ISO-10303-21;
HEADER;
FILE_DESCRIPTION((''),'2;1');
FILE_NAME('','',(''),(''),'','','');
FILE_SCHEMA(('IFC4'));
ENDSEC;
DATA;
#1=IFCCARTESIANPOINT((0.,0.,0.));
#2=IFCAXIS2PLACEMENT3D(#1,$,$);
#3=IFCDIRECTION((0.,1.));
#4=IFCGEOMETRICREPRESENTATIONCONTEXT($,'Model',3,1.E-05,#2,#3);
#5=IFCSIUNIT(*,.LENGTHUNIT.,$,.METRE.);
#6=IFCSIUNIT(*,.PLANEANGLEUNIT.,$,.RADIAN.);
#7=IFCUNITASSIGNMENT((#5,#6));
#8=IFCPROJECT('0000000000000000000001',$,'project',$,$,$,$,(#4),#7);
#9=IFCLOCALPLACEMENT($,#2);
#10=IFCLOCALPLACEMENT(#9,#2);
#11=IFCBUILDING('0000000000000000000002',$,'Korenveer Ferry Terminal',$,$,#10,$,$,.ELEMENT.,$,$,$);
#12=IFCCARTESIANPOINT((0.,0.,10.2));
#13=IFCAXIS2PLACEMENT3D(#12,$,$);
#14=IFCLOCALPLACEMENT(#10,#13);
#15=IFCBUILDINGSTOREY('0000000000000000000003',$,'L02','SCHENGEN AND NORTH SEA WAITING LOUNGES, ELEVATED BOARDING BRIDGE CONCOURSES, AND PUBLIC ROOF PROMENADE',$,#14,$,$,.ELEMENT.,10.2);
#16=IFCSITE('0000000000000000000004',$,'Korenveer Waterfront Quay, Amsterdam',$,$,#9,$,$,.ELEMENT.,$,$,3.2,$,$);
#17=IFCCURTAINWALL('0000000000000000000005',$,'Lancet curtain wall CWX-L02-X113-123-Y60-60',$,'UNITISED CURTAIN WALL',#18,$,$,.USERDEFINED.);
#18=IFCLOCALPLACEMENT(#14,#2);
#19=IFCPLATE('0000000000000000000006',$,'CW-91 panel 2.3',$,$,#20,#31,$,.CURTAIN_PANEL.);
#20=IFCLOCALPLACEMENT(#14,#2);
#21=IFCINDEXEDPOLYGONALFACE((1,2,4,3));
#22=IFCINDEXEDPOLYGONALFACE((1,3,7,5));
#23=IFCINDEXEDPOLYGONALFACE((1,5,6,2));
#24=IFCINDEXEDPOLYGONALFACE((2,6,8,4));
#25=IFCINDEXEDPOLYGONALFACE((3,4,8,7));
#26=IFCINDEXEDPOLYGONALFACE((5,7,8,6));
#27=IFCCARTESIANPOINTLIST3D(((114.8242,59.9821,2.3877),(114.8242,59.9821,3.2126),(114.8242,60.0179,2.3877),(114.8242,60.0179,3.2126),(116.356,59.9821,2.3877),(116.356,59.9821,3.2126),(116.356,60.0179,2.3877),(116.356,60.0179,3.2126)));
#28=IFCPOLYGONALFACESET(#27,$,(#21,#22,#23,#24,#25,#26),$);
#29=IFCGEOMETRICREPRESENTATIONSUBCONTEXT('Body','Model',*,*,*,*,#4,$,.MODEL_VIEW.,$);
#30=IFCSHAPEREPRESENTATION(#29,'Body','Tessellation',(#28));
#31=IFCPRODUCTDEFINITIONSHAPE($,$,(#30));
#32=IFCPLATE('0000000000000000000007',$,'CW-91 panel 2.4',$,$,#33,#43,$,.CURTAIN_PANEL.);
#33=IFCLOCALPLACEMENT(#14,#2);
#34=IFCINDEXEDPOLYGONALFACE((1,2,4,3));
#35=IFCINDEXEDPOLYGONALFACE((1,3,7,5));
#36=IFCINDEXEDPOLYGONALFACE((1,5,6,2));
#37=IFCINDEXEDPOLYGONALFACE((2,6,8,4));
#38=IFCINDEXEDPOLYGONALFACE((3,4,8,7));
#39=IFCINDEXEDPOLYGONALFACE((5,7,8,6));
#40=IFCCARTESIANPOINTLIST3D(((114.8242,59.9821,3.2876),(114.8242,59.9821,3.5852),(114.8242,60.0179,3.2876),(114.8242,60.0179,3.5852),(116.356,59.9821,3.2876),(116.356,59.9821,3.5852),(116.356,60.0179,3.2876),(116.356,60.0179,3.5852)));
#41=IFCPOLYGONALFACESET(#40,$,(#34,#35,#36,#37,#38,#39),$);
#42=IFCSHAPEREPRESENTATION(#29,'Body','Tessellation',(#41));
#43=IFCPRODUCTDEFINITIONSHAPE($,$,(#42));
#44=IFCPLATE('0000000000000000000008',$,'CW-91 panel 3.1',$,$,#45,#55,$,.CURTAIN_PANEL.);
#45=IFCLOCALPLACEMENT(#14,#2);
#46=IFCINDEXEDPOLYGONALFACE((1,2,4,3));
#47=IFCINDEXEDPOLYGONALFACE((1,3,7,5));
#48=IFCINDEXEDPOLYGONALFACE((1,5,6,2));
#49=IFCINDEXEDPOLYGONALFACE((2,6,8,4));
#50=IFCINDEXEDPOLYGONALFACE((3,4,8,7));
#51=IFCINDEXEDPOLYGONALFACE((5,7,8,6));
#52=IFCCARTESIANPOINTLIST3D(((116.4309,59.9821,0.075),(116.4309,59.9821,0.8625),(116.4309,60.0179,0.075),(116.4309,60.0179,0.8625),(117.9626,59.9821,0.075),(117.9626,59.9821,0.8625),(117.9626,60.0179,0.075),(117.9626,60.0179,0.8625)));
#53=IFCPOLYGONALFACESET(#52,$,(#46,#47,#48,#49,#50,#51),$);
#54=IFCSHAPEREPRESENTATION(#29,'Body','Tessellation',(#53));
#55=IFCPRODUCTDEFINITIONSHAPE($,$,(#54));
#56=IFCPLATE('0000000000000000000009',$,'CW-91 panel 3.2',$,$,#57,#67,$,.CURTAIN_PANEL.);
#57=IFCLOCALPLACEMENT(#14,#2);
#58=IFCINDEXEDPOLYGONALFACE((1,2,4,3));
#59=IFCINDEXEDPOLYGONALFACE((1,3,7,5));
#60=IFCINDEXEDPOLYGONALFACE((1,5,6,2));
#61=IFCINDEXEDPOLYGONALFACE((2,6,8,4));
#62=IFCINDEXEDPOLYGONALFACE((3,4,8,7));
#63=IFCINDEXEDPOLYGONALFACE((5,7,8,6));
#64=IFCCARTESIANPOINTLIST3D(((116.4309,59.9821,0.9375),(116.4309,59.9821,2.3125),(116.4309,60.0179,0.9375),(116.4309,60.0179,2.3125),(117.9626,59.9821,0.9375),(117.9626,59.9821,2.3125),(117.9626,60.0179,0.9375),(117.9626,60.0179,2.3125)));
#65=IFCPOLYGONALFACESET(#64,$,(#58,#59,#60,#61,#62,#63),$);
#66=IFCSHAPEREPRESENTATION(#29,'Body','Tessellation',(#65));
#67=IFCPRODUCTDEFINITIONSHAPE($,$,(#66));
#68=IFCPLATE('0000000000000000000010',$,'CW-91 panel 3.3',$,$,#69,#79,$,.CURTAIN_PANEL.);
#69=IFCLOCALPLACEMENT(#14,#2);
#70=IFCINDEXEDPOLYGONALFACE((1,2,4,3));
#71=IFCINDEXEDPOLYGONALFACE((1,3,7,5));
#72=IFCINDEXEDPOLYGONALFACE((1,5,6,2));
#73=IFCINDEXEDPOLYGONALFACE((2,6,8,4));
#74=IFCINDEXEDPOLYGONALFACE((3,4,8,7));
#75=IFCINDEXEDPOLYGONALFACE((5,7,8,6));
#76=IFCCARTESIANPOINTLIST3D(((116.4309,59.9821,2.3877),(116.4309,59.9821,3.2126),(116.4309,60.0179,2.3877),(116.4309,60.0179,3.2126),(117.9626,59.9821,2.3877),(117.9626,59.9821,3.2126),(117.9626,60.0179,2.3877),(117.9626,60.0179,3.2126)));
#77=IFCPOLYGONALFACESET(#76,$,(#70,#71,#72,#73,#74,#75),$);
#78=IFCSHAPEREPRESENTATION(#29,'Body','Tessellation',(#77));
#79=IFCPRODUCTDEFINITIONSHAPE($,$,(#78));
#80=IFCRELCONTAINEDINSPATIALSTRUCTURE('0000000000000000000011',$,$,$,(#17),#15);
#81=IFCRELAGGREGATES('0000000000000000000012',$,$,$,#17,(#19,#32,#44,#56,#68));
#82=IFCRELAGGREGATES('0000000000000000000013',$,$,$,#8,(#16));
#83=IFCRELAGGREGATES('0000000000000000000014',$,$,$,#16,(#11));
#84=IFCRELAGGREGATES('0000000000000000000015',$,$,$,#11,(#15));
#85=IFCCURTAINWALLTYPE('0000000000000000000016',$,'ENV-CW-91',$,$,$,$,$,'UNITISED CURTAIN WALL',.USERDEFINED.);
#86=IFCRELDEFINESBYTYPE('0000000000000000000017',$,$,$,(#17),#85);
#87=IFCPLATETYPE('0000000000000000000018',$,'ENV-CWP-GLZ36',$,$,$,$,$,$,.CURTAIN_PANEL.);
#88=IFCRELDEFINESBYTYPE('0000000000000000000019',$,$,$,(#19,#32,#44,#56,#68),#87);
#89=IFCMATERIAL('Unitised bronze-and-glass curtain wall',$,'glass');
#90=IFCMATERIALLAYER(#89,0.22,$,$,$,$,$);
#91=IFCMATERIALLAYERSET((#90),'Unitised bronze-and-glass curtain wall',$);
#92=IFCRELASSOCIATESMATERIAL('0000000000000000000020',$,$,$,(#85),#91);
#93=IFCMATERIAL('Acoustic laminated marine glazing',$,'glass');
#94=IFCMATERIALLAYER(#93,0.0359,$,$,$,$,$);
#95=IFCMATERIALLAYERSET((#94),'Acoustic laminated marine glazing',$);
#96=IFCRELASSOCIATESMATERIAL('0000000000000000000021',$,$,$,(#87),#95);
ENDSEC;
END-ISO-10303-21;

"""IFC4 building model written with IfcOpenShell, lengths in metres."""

from ifc_helpers import new_model, si_unit, direction, frame, origin, origin_2d, place, context, subcontext, project, spatial, rectangle, extrude, material, layer, layer_set, type_object, element, aggregate, save


model = new_model("IFC4")

# Units and contexts
model_context = context("Model", 3, precision=1e-05, world=origin(), true_north=direction((0.0, 1.0)))
body_context = subcontext(model_context, "Body", "Model", "MODEL_VIEW")
ifc_project = project(units=[si_unit("LENGTHUNIT", "METRE"), si_unit("PLANEANGLEUNIT", "RADIAN")], contexts=[model_context])

# Site, building, storey
site_placement = place(None, origin())
site = spatial("IfcSite", under=ifc_project, at=site_placement, Name="Korenveer Waterfront Quay, Amsterdam", CompositionType="ELEMENT", RefElevation=3.2)
building_placement = place(site_placement, origin())
building = spatial("IfcBuilding", under=site, at=building_placement, Name="Korenveer Ferry Terminal", CompositionType="ELEMENT")
storey_placement = place(building_placement, frame((0.0, 0.0, 10.2)))
storey = spatial("IfcBuildingStorey", under=building, at=storey_placement, Name="L02", Description="SCHENGEN AND NORTH SEA WAITING LOUNGES, ELEVATED BOARDING BRIDGE CONCOURSES, AND PUBLIC ROOF PROMENADE", CompositionType="ELEMENT", Elevation=10.2)

# Shared definitions
ifc_material_1 = material(Name="Unitised bronze-and-glass curtain wall", Category="glass")

# Curtain wall
ifc_layer_1 = layer(ifc_material_1, 0.22)
ifc_layer_set_1 = layer_set([ifc_layer_1], Name="Unitised bronze-and-glass curtain wall")
curtain_wall_type_1 = type_object("IfcCurtainWallType", Name="ENV-CW-91", ElementType="UNITISED CURTAIN WALL", PredefinedType="USERDEFINED", material=ifc_layer_set_1)
curtain_wall_1_placement = place(storey_placement, frame((113.1799, 60.0, 0.0)))
curtain_wall_1 = element("IfcCurtainWall", 1, at=curtain_wall_1_placement, inside=storey, type_object=curtain_wall_type_1, Name="Lancet curtain wall CWX-L02-X113-123-Y60-60", ObjectType="UNITISED CURTAIN WALL", PredefinedType="USERDEFINED")

# Plates
ifc_material_2 = material(Name="Acoustic laminated marine glazing", Category="glass")
ifc_layer_2 = layer(ifc_material_2, 0.0359)
ifc_layer_set_2 = layer_set([ifc_layer_2], Name="Acoustic laminated marine glazing")
plate_type = type_object("IfcPlateType", Name="ENV-CWP-GLZ36", PredefinedType="CURTAIN_PANEL", material=ifc_layer_set_2)
plate_1_placement = place(storey_placement, frame((115.5901, 60.0, 2.3877), z_axis=(0.0, 0.0, 1.0), x_axis=(1.0, 0.0, 0.0)))
plate_1 = element("IfcPlate", 2, at=plate_1_placement, type_object=plate_type, Name="CW-91 panel 2.3", PredefinedType="CURTAIN_PANEL", context=body_context, shape_type="SweptSolid", body=[
    extrude(rectangle(XDim=1.5317, YDim=0.0359, at=origin_2d()), origin(), (0.0, 0.0, 1.0), 0.825),
])
plate_2_placement = place(storey_placement, frame((115.5901, 60.0, 3.2876), z_axis=(0.0, 0.0, 1.0), x_axis=(1.0, 0.0, 0.0)))
plate_2 = element("IfcPlate", 3, at=plate_2_placement, type_object=plate_type, Name="CW-91 panel 2.4", PredefinedType="CURTAIN_PANEL", context=body_context, shape_type="SweptSolid", body=[
    extrude(rectangle(XDim=1.5317, YDim=0.0359, at=origin_2d()), origin(), (0.0, 0.0, 1.0), 0.2976),
])
plate_3_placement = place(storey_placement, frame((117.1968, 60.0, 0.075), z_axis=(0.0, 0.0, 1.0), x_axis=(1.0, 0.0, 0.0)))
plate_3 = element("IfcPlate", 4, at=plate_3_placement, type_object=plate_type, Name="CW-91 panel 3.1", PredefinedType="CURTAIN_PANEL", context=body_context, shape_type="SweptSolid", body=[
    extrude(rectangle(XDim=1.5317, YDim=0.0359, at=origin_2d()), origin(), (0.0, 0.0, 1.0), 0.7876),
])
plate_4_placement = place(storey_placement, frame((117.1968, 60.0, 0.9375), z_axis=(0.0, 0.0, 1.0), x_axis=(1.0, 0.0, 0.0)))
plate_4 = element("IfcPlate", 5, at=plate_4_placement, type_object=plate_type, Name="CW-91 panel 3.2", PredefinedType="CURTAIN_PANEL", context=body_context, shape_type="SweptSolid", body=[
    extrude(rectangle(XDim=1.5317, YDim=0.0359, at=origin_2d()), origin(), (0.0, 0.0, 1.0), 1.375),
])
plate_5_placement = place(storey_placement, frame((117.1968, 60.0, 2.3877), z_axis=(0.0, 0.0, 1.0), x_axis=(1.0, 0.0, 0.0)))
plate_5 = element("IfcPlate", 6, at=plate_5_placement, type_object=plate_type, Name="CW-91 panel 3.3", PredefinedType="CURTAIN_PANEL", context=body_context, shape_type="SweptSolid", body=[
    extrude(rectangle(XDim=1.5317, YDim=0.0359, at=origin_2d()), origin(), (0.0, 0.0, 1.0), 0.825),
])
aggregate(curtain_wall_1, [plate_1, plate_2, plate_3, plate_4, plate_5])

save(model, "model.ifc")
